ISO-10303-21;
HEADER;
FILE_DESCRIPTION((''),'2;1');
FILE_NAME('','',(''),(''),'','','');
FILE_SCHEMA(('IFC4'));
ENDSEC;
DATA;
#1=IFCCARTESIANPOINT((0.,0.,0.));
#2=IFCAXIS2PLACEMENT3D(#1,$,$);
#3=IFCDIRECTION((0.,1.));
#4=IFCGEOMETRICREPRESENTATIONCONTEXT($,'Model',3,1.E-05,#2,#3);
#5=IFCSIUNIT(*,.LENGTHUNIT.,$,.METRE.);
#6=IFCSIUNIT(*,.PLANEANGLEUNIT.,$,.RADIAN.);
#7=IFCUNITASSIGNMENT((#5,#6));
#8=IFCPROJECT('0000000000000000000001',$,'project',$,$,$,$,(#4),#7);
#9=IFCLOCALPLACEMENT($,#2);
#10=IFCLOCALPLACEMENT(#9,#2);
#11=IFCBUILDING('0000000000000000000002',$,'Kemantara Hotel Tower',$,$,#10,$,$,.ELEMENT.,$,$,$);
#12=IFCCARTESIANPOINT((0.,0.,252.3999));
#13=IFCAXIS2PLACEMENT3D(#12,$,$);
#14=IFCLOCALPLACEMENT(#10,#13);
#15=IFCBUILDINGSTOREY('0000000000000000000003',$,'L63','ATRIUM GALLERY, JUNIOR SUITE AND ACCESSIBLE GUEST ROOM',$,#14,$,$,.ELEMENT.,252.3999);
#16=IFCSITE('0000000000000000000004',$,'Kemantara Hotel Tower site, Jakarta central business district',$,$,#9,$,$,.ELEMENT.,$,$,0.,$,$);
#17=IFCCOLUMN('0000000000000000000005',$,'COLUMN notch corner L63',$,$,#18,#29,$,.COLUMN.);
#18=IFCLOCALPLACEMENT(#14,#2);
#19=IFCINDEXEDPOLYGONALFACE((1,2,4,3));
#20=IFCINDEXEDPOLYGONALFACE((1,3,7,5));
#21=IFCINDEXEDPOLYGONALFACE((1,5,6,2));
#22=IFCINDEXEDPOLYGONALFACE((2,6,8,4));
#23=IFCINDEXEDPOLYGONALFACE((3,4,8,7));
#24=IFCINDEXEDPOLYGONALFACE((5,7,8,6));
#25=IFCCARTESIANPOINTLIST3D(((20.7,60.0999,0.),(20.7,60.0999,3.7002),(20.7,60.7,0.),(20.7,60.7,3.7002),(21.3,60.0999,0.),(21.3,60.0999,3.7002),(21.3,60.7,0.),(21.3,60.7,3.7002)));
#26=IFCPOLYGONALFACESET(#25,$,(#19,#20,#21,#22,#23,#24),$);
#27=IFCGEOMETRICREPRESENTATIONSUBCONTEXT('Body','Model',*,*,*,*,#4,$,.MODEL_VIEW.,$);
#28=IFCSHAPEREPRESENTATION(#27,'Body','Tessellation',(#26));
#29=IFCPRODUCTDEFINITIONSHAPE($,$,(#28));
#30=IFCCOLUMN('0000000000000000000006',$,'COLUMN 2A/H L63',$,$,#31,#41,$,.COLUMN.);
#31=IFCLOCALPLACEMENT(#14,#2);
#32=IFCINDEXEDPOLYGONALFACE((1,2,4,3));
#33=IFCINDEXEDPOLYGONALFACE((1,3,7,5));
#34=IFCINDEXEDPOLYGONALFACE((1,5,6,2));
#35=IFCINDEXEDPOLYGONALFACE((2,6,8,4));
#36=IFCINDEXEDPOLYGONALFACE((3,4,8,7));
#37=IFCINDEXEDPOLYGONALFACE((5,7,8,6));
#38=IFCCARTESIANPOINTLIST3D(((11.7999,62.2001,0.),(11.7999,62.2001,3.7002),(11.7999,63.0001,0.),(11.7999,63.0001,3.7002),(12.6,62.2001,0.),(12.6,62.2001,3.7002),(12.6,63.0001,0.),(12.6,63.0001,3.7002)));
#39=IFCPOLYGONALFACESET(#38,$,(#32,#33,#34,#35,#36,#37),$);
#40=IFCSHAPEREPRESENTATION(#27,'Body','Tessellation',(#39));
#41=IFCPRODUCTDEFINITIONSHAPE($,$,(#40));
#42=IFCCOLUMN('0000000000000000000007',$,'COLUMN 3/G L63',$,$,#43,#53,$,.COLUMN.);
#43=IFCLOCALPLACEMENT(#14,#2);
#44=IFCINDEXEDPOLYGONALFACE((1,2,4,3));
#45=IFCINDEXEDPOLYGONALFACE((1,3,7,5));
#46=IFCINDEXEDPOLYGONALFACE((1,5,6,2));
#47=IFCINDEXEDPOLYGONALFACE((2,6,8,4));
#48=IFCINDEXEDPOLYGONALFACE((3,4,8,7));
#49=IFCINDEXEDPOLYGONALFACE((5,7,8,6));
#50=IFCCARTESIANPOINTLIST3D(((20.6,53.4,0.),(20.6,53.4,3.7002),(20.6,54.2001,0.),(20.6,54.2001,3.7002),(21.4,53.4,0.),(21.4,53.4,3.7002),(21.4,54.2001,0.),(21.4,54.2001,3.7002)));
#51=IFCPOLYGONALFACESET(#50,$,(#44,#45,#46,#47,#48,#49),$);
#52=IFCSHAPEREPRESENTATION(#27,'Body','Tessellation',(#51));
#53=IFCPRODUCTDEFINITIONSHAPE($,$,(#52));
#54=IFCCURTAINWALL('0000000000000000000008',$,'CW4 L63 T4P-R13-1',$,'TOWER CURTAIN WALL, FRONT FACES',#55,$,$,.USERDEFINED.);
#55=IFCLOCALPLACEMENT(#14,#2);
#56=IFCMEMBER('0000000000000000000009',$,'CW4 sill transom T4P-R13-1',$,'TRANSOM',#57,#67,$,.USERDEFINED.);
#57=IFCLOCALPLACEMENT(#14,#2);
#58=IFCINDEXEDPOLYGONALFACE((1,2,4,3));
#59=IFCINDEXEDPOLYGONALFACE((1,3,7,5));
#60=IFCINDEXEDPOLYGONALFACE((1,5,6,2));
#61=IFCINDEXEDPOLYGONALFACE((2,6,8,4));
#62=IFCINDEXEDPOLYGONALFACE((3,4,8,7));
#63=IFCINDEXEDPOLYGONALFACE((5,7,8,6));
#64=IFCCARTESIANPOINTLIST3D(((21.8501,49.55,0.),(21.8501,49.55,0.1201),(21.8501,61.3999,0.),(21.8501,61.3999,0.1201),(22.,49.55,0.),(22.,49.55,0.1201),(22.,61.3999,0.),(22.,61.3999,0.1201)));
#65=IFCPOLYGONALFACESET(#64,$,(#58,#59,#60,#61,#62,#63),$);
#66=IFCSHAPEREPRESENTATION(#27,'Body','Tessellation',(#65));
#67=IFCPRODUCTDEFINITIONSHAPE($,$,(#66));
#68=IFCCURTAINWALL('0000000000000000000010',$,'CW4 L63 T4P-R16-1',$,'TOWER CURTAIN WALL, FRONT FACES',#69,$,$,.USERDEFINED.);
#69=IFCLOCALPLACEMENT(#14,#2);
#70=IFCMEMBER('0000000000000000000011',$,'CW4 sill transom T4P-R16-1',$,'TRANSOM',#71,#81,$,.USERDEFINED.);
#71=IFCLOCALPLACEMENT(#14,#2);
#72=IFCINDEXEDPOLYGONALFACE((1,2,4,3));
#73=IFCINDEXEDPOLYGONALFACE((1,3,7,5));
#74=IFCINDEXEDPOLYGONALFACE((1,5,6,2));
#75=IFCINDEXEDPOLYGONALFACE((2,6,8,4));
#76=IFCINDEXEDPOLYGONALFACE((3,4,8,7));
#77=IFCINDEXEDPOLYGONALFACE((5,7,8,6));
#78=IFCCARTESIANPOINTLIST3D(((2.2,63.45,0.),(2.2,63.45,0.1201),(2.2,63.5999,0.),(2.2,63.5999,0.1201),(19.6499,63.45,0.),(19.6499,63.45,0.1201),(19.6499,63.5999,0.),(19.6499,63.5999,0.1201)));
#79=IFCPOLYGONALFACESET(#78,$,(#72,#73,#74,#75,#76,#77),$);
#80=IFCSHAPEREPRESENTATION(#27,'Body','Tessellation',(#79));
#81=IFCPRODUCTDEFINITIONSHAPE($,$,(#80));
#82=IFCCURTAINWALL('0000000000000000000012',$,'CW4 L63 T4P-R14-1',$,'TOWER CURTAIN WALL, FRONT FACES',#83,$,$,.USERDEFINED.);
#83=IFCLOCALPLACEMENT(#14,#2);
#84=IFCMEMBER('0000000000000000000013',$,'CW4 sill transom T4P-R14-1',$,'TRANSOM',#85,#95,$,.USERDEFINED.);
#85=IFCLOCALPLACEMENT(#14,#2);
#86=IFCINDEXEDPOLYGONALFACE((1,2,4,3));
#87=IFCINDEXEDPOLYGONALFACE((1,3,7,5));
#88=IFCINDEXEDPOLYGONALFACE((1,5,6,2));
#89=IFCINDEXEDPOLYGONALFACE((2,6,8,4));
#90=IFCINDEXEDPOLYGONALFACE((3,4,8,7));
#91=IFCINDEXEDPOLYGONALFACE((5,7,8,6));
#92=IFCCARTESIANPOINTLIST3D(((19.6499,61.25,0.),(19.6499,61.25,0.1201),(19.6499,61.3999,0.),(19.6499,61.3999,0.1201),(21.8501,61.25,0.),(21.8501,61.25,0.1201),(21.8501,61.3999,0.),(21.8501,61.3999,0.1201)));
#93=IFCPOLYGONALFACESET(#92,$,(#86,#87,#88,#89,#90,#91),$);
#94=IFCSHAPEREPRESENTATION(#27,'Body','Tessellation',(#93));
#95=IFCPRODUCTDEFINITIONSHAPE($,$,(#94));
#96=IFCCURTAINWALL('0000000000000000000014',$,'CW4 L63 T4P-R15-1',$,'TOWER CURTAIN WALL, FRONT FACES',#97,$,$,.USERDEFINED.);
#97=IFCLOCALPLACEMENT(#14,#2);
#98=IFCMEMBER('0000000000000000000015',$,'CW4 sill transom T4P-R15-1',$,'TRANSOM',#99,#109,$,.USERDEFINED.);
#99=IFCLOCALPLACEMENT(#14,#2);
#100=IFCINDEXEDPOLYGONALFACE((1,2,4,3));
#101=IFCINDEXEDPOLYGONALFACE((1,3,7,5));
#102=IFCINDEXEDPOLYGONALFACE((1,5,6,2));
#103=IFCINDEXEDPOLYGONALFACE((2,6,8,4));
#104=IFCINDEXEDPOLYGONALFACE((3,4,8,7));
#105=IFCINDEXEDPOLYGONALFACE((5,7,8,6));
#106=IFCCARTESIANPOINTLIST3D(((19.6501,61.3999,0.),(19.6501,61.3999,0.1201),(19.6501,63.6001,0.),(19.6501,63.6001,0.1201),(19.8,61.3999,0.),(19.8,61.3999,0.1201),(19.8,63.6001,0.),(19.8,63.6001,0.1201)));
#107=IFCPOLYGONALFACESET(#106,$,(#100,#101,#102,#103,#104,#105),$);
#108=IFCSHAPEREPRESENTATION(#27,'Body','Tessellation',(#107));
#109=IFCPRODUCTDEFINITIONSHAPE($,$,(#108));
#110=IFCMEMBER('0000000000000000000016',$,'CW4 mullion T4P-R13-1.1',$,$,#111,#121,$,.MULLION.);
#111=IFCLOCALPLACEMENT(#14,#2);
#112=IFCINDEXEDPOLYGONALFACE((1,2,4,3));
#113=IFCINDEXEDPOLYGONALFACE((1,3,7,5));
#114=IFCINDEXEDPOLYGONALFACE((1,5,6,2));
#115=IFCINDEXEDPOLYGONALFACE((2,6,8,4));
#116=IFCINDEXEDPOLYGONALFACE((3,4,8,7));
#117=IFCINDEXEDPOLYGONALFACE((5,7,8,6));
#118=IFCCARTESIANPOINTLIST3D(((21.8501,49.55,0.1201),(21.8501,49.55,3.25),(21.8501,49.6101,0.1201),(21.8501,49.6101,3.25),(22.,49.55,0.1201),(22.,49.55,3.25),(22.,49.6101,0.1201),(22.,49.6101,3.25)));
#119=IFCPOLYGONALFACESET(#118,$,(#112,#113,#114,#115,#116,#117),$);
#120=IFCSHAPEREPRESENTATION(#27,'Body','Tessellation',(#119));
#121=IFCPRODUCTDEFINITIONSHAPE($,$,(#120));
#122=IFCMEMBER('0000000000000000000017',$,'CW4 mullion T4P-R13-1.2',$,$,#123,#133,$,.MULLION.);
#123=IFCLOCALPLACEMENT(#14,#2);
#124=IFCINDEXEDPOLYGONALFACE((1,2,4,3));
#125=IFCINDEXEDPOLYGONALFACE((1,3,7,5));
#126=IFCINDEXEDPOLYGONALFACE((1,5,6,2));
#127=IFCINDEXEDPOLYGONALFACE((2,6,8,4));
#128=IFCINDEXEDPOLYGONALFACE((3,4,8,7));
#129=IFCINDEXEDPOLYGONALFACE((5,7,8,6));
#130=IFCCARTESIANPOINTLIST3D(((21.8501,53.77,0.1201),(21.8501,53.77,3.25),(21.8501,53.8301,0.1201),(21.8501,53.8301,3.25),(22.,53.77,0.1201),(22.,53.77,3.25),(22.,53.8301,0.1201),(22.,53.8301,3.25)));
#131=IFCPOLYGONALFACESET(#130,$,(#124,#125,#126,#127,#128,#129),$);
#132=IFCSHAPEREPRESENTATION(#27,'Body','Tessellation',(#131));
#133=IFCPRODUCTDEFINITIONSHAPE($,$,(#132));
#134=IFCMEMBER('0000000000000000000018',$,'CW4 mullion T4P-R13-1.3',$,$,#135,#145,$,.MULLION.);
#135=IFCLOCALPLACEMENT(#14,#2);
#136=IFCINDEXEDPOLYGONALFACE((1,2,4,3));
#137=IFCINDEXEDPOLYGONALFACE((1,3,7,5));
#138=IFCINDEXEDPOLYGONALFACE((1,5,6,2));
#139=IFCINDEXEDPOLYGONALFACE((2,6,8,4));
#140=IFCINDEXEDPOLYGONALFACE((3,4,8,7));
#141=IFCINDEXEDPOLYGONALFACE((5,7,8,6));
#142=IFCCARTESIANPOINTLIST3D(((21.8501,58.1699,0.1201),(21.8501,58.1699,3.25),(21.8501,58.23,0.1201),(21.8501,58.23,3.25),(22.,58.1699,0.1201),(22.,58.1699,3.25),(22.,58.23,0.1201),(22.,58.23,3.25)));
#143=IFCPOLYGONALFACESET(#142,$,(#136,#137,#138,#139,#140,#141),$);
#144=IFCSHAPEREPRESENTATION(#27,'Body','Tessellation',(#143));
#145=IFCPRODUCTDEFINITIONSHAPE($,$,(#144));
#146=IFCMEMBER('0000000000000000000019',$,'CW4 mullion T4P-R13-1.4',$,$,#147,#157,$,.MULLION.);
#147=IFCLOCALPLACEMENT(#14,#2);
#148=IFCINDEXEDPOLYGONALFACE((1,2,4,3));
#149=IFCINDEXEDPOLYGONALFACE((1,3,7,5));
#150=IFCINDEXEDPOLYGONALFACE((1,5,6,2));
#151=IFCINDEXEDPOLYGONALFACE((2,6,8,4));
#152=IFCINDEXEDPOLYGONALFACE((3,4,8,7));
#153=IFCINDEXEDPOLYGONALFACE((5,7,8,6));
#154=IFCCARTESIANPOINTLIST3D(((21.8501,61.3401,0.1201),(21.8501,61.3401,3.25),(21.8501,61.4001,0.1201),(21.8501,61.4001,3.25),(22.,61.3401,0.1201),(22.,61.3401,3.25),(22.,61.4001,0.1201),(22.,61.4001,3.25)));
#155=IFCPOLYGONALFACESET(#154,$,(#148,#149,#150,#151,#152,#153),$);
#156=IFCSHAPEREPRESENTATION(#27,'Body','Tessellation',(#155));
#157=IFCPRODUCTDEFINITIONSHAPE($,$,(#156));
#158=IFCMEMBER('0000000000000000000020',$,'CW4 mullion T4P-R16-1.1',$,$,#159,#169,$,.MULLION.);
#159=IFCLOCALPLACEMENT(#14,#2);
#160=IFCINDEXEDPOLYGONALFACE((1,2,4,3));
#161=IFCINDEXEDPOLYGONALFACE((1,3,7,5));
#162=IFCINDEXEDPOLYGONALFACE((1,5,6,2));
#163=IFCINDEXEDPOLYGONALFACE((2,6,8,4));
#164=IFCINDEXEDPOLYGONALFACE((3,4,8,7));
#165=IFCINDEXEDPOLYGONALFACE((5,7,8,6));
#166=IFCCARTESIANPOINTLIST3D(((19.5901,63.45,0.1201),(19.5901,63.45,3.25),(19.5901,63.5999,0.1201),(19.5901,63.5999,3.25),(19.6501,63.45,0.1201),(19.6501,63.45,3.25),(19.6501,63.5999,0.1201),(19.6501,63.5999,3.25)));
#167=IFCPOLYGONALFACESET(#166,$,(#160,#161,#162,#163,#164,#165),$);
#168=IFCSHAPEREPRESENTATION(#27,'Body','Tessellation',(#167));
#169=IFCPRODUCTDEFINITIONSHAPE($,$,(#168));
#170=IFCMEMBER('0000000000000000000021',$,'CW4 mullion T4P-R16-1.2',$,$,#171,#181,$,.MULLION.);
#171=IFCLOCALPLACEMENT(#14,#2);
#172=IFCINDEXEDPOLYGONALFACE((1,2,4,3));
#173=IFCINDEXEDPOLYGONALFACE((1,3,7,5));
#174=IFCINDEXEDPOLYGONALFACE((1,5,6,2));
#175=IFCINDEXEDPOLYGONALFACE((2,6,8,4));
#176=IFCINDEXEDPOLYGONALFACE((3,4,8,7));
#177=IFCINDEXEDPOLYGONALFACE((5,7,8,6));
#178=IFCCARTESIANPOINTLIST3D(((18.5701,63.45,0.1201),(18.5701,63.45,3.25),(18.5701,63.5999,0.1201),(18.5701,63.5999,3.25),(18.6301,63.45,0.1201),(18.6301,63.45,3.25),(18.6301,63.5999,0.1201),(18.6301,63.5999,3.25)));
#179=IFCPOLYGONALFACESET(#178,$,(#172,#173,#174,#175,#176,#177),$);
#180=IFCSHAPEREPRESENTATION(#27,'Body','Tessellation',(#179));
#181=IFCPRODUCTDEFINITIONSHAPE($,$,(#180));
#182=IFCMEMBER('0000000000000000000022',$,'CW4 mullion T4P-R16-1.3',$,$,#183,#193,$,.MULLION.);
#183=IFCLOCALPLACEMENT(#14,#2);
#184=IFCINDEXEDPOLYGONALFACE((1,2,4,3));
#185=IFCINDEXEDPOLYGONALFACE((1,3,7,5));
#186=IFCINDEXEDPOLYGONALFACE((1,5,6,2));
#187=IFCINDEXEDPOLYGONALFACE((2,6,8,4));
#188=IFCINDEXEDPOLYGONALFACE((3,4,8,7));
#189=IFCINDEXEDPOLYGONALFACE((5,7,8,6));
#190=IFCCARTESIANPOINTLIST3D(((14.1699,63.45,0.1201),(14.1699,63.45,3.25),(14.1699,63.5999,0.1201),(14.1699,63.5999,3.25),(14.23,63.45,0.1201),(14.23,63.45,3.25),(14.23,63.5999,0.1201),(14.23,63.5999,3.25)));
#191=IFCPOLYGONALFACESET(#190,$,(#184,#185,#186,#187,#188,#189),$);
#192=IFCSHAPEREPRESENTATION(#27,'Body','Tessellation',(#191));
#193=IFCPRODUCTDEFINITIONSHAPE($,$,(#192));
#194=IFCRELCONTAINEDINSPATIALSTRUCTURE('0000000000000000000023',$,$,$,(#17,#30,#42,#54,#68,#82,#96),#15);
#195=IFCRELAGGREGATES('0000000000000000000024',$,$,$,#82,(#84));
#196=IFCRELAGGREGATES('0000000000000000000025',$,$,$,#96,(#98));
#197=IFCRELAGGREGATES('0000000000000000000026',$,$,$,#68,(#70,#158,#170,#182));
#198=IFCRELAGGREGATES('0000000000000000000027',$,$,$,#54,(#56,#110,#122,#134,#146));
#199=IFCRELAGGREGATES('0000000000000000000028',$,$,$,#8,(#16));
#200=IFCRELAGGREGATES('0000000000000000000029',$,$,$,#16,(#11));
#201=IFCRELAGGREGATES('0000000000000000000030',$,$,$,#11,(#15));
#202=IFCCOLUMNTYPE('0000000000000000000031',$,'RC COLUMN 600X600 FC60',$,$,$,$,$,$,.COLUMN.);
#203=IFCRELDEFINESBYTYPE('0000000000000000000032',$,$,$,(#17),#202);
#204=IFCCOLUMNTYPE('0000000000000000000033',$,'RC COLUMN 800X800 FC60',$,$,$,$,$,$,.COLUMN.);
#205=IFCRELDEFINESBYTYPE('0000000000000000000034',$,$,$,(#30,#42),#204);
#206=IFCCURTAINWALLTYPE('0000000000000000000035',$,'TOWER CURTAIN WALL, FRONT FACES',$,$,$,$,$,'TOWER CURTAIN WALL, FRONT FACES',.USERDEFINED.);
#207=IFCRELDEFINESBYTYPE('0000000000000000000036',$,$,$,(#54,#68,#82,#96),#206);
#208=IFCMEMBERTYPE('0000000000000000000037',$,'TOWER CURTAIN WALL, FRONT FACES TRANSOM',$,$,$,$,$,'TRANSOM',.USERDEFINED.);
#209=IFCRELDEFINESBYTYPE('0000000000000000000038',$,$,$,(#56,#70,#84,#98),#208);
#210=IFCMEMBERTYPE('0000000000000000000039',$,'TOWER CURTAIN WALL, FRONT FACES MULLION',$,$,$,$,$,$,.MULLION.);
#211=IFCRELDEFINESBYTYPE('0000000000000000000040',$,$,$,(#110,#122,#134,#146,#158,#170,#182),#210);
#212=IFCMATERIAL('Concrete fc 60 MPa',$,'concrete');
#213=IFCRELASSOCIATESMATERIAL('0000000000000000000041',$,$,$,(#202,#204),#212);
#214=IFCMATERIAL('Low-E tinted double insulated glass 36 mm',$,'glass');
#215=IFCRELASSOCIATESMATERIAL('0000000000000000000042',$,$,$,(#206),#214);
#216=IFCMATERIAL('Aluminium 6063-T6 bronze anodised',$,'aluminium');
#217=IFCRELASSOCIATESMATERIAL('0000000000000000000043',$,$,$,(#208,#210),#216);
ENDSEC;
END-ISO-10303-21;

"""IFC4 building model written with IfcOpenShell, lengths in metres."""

from ifc_helpers import new_model, si_unit, direction, frame, origin, origin_2d, place, context, subcontext, project, spatial, rectangle, extrude, source, transform, mapped, material, material_profile, profile_set, type_object, element, aggregate, save


model = new_model("IFC4")

# Units and contexts
model_context = context("Model", 3, precision=1e-05, world=origin(), true_north=direction((0.0, 1.0)))
body_context = subcontext(model_context, "Body", "Model", "MODEL_VIEW")
ifc_project = project(units=[si_unit("LENGTHUNIT", "METRE"), si_unit("PLANEANGLEUNIT", "RADIAN")], contexts=[model_context])

# Site, building, storey
site_placement = place(None, origin())
site = spatial("IfcSite", under=ifc_project, at=site_placement, Name="Kemantara Hotel Tower site, Jakarta central business district", CompositionType="ELEMENT", RefElevation=0.0)
building_placement = place(site_placement, origin())
building = spatial("IfcBuilding", under=site, at=building_placement, Name="Kemantara Hotel Tower", CompositionType="ELEMENT")
storey_placement = place(building_placement, frame((0.0, 0.0, 252.3999)))
storey = spatial("IfcBuildingStorey", under=building, at=storey_placement, Name="L63", Description="ATRIUM GALLERY, JUNIOR SUITE AND ACCESSIBLE GUEST ROOM", CompositionType="ELEMENT", Elevation=252.3999)

# Columns
ifc_material_1 = material(Name="Concrete fc 60 MPa", Category="concrete")
ifc_material_profile_1 = material_profile(ifc_material_1, rectangle(XDim=0.6001, YDim=0.6001, at=origin_2d()), Name="RC 600X600")
ifc_profile_set_1 = profile_set([ifc_material_profile_1], Name="Concrete fc 60 MPa")
column_type_1 = type_object("IfcColumnType", Name="RC COLUMN 600X600 FC60", PredefinedType="COLUMN", material=ifc_profile_set_1)
column_placement = place(storey_placement, frame((21.0, 60.3999, 0.0), z_axis=(0.0, 0.0, 1.0), x_axis=(1.0, 0.0, 0.0)))
element("IfcColumn", 1, at=column_placement, inside=storey, type_object=column_type_1, Name="COLUMN notch corner L63", PredefinedType="COLUMN", context=body_context, shape_type="SweptSolid", body=[
    extrude(rectangle(XDim=0.6001, YDim=0.6001, at=origin_2d()), origin(), (0.0, 0.0, 1.0), 3.7002),
])
ifc_material_profile_2 = material_profile(ifc_material_1, rectangle(XDim=0.8, YDim=0.8, at=origin_2d()), Name="RC 800X800")
ifc_profile_set_2 = profile_set([ifc_material_profile_2], Name="Concrete fc 60 MPa")
column_type_2 = type_object("IfcColumnType", Name="RC COLUMN 800X800 FC60", PredefinedType="COLUMN", material=ifc_profile_set_2)
for number, where, z_axis, x_axis, name in (
    (2, (12.2, 62.6001, 0.0), (0.0, 0.0, 1.0), (1.0, 0.0, 0.0), "COLUMN 2A/H L63"),
    (3, (21.0, 53.8, 0.0), (0.0, 0.0, 1.0), (1.0, 0.0, 0.0), "COLUMN 3/G L63"),
):
    element("IfcColumn", number, at=place(storey_placement, frame(where, z_axis=z_axis, x_axis=x_axis)), inside=storey, type_object=column_type_2, Name=name, PredefinedType="COLUMN", context=body_context, shape_type="SweptSolid", body=[
        extrude(rectangle(XDim=0.8, YDim=0.8, at=origin_2d()), origin(), (0.0, 0.0, 1.0), 3.7002),
    ])

# Curtain walls, members
ifc_material_2 = material(Name="Low-E tinted double insulated glass 36 mm", Category="glass")
curtain_wall_type = type_object("IfcCurtainWallType", Name="TOWER CURTAIN WALL, FRONT FACES", ElementType="TOWER CURTAIN WALL, FRONT FACES", PredefinedType="USERDEFINED", material=ifc_material_2)
curtain_wall_1_placement = place(storey_placement, origin())
curtain_wall_1 = element("IfcCurtainWall", 4, at=curtain_wall_1_placement, inside=storey, type_object=curtain_wall_type, Name="CW4 L63 T4P-R13-1", ObjectType="TOWER CURTAIN WALL, FRONT FACES", PredefinedType="USERDEFINED")
ifc_material_3 = material(Name="Aluminium 6063-T6 bronze anodised", Category="aluminium")
ifc_material_profile_3 = material_profile(ifc_material_3, rectangle(XDim=0.1499, YDim=0.1201, at=origin_2d()), Name="TOWER CURTAIN WALL, FRONT FACES TRANSOM")
ifc_profile_set_3 = profile_set([ifc_material_profile_3], Name="Aluminium 6063-T6 bronze anodised")
member_type_1 = type_object("IfcMemberType", Name="TOWER CURTAIN WALL, FRONT FACES TRANSOM", ElementType="TRANSOM", PredefinedType="USERDEFINED", material=ifc_profile_set_3)
member_1_placement = place(storey_placement, frame((21.925, 49.55, 0.0601), z_axis=(0.0, 1.0, 0.0), x_axis=(-1.0, 0.0, 0.0)))
member_1 = element("IfcMember", 5, at=member_1_placement, type_object=member_type_1, Name="CW4 sill transom T4P-R13-1", ObjectType="TRANSOM", PredefinedType="USERDEFINED", context=body_context, shape_type="SweptSolid", body=[
    extrude(rectangle(XDim=0.1499, YDim=0.1201, at=origin_2d()), origin(), (0.0, 0.0, 1.0), 11.8499),
])
curtain_wall_2_placement = place(storey_placement, origin())
curtain_wall_2 = element("IfcCurtainWall", 6, at=curtain_wall_2_placement, inside=storey, type_object=curtain_wall_type, Name="CW4 L63 T4P-R16-1", ObjectType="TOWER CURTAIN WALL, FRONT FACES", PredefinedType="USERDEFINED")
member_2_placement = place(storey_placement, frame((19.6499, 63.5249, 0.0601), z_axis=(-1.0, 0.0, 0.0), x_axis=(0.0, -1.0, 0.0)))
member_2 = element("IfcMember", 7, at=member_2_placement, type_object=member_type_1, Name="CW4 sill transom T4P-R16-1", ObjectType="TRANSOM", PredefinedType="USERDEFINED", context=body_context, shape_type="SweptSolid", body=[
    extrude(rectangle(XDim=0.1499, YDim=0.1201, at=origin_2d()), origin(), (0.0, 0.0, 1.0), 17.45),
])
curtain_wall_3_placement = place(storey_placement, origin())
curtain_wall_3 = element("IfcCurtainWall", 8, at=curtain_wall_3_placement, inside=storey, type_object=curtain_wall_type, Name="CW4 L63 T4P-R14-1", ObjectType="TOWER CURTAIN WALL, FRONT FACES", PredefinedType="USERDEFINED")
member_3_placement = place(storey_placement, frame((21.8501, 61.325, 0.0601), z_axis=(-1.0, 0.0, 0.0), x_axis=(0.0, -1.0, 0.0)))
member_3 = element("IfcMember", 9, at=member_3_placement, type_object=member_type_1, Name="CW4 sill transom T4P-R14-1", ObjectType="TRANSOM", PredefinedType="USERDEFINED", context=body_context, shape_type="SweptSolid", body=[
    extrude(rectangle(XDim=0.1499, YDim=0.1201, at=origin_2d()), origin(), (0.0, 0.0, 1.0), 2.2002),
])
curtain_wall_4_placement = place(storey_placement, origin())
curtain_wall_4 = element("IfcCurtainWall", 10, at=curtain_wall_4_placement, inside=storey, type_object=curtain_wall_type, Name="CW4 L63 T4P-R15-1", ObjectType="TOWER CURTAIN WALL, FRONT FACES", PredefinedType="USERDEFINED")
member_4_placement = place(storey_placement, frame((19.7251, 61.3999, 0.0601), z_axis=(0.0, 1.0, 0.0), x_axis=(-1.0, 0.0, 0.0)))
member_4 = element("IfcMember", 11, at=member_4_placement, type_object=member_type_1, Name="CW4 sill transom T4P-R15-1", ObjectType="TRANSOM", PredefinedType="USERDEFINED", context=body_context, shape_type="SweptSolid", body=[
    extrude(rectangle(XDim=0.1499, YDim=0.1201, at=origin_2d()), origin(), (0.0, 0.0, 1.0), 2.2002),
])

# Members
ifc_material_profile_4 = material_profile(ifc_material_3, rectangle(XDim=0.1499, YDim=0.0601, at=origin_2d()), Name="TOWER CURTAIN WALL, FRONT FACES MULLION")
ifc_profile_set_4 = profile_set([ifc_material_profile_4], Name="Aluminium 6063-T6 bronze anodised")
member_type_2 = type_object("IfcMemberType", Name="TOWER CURTAIN WALL, FRONT FACES MULLION", PredefinedType="MULLION", material=ifc_profile_set_4)
shared_shape_1 = source(origin(), body_context, "Body", "SweptSolid", [
    extrude(rectangle(XDim=0.1499, YDim=0.0601, at=origin_2d()), origin(), (0.0, 0.0, 1.0), 3.1299),
])
member_5_placement = place(storey_placement, frame((21.925, 49.5801, 0.1201), z_axis=(0.0, 0.0, 1.0), x_axis=(-1.0, 0.0, 0.0)))
member_5 = element("IfcMember", 12, at=member_5_placement, type_object=member_type_2, Name="CW4 mullion T4P-R13-1.1", PredefinedType="MULLION", context=body_context, shape_type="MappedRepresentation", body=[
    mapped(shared_shape_1, transform((0.0, 0.0, 0.0))),
])
member_6_placement = place(storey_placement, frame((21.925, 53.8, 0.1201), z_axis=(0.0, 0.0, 1.0), x_axis=(-1.0, 0.0, 0.0)))
member_6 = element("IfcMember", 13, at=member_6_placement, type_object=member_type_2, Name="CW4 mullion T4P-R13-1.2", PredefinedType="MULLION", context=body_context, shape_type="MappedRepresentation", body=[
    mapped(shared_shape_1, transform((0.0, 0.0, 0.0))),
])
member_7_placement = place(storey_placement, frame((21.925, 58.2, 0.1201), z_axis=(0.0, 0.0, 1.0), x_axis=(-1.0, 0.0, 0.0)))
member_7 = element("IfcMember", 14, at=member_7_placement, type_object=member_type_2, Name="CW4 mullion T4P-R13-1.3", PredefinedType="MULLION", context=body_context, shape_type="MappedRepresentation", body=[
    mapped(shared_shape_1, transform((0.0, 0.0, 0.0))),
])
member_8_placement = place(storey_placement, frame((21.925, 61.3701, 0.1201), z_axis=(0.0, 0.0, 1.0), x_axis=(-1.0, 0.0, 0.0)))
member_8 = element("IfcMember", 15, at=member_8_placement, type_object=member_type_2, Name="CW4 mullion T4P-R13-1.4", PredefinedType="MULLION", context=body_context, shape_type="MappedRepresentation", body=[
    mapped(shared_shape_1, transform((0.0, 0.0, 0.0))),
])
member_9_placement = place(storey_placement, frame((19.6201, 63.5249, 0.1201), z_axis=(0.0, 0.0, 1.0), x_axis=(0.0, -1.0, 0.0)))
member_9 = element("IfcMember", 16, at=member_9_placement, type_object=member_type_2, Name="CW4 mullion T4P-R16-1.1", PredefinedType="MULLION", context=body_context, shape_type="MappedRepresentation", body=[
    mapped(shared_shape_1, transform((0.0, 0.0, 0.0))),
])
member_10_placement = place(storey_placement, frame((18.6001, 63.5249, 0.1201), z_axis=(0.0, 0.0, 1.0), x_axis=(0.0, -1.0, 0.0)))
member_10 = element("IfcMember", 17, at=member_10_placement, type_object=member_type_2, Name="CW4 mullion T4P-R16-1.2", PredefinedType="MULLION", context=body_context, shape_type="MappedRepresentation", body=[
    mapped(shared_shape_1, transform((0.0, 0.0, 0.0))),
])
member_11_placement = place(storey_placement, frame((14.2, 63.5249, 0.1201), z_axis=(0.0, 0.0, 1.0), x_axis=(0.0, -1.0, 0.0)))
member_11 = element("IfcMember", 18, at=member_11_placement, type_object=member_type_2, Name="CW4 mullion T4P-R16-1.3", PredefinedType="MULLION", context=body_context, shape_type="MappedRepresentation", body=[
    mapped(shared_shape_1, transform((0.0, 0.0, 0.0))),
])

aggregate(curtain_wall_3, [member_3])
aggregate(curtain_wall_4, [member_4])
aggregate(curtain_wall_2, [member_2, member_9, member_10, member_11])
aggregate(curtain_wall_1, [member_1, member_5, member_6, member_7, member_8])

save(model, "model.ifc")
